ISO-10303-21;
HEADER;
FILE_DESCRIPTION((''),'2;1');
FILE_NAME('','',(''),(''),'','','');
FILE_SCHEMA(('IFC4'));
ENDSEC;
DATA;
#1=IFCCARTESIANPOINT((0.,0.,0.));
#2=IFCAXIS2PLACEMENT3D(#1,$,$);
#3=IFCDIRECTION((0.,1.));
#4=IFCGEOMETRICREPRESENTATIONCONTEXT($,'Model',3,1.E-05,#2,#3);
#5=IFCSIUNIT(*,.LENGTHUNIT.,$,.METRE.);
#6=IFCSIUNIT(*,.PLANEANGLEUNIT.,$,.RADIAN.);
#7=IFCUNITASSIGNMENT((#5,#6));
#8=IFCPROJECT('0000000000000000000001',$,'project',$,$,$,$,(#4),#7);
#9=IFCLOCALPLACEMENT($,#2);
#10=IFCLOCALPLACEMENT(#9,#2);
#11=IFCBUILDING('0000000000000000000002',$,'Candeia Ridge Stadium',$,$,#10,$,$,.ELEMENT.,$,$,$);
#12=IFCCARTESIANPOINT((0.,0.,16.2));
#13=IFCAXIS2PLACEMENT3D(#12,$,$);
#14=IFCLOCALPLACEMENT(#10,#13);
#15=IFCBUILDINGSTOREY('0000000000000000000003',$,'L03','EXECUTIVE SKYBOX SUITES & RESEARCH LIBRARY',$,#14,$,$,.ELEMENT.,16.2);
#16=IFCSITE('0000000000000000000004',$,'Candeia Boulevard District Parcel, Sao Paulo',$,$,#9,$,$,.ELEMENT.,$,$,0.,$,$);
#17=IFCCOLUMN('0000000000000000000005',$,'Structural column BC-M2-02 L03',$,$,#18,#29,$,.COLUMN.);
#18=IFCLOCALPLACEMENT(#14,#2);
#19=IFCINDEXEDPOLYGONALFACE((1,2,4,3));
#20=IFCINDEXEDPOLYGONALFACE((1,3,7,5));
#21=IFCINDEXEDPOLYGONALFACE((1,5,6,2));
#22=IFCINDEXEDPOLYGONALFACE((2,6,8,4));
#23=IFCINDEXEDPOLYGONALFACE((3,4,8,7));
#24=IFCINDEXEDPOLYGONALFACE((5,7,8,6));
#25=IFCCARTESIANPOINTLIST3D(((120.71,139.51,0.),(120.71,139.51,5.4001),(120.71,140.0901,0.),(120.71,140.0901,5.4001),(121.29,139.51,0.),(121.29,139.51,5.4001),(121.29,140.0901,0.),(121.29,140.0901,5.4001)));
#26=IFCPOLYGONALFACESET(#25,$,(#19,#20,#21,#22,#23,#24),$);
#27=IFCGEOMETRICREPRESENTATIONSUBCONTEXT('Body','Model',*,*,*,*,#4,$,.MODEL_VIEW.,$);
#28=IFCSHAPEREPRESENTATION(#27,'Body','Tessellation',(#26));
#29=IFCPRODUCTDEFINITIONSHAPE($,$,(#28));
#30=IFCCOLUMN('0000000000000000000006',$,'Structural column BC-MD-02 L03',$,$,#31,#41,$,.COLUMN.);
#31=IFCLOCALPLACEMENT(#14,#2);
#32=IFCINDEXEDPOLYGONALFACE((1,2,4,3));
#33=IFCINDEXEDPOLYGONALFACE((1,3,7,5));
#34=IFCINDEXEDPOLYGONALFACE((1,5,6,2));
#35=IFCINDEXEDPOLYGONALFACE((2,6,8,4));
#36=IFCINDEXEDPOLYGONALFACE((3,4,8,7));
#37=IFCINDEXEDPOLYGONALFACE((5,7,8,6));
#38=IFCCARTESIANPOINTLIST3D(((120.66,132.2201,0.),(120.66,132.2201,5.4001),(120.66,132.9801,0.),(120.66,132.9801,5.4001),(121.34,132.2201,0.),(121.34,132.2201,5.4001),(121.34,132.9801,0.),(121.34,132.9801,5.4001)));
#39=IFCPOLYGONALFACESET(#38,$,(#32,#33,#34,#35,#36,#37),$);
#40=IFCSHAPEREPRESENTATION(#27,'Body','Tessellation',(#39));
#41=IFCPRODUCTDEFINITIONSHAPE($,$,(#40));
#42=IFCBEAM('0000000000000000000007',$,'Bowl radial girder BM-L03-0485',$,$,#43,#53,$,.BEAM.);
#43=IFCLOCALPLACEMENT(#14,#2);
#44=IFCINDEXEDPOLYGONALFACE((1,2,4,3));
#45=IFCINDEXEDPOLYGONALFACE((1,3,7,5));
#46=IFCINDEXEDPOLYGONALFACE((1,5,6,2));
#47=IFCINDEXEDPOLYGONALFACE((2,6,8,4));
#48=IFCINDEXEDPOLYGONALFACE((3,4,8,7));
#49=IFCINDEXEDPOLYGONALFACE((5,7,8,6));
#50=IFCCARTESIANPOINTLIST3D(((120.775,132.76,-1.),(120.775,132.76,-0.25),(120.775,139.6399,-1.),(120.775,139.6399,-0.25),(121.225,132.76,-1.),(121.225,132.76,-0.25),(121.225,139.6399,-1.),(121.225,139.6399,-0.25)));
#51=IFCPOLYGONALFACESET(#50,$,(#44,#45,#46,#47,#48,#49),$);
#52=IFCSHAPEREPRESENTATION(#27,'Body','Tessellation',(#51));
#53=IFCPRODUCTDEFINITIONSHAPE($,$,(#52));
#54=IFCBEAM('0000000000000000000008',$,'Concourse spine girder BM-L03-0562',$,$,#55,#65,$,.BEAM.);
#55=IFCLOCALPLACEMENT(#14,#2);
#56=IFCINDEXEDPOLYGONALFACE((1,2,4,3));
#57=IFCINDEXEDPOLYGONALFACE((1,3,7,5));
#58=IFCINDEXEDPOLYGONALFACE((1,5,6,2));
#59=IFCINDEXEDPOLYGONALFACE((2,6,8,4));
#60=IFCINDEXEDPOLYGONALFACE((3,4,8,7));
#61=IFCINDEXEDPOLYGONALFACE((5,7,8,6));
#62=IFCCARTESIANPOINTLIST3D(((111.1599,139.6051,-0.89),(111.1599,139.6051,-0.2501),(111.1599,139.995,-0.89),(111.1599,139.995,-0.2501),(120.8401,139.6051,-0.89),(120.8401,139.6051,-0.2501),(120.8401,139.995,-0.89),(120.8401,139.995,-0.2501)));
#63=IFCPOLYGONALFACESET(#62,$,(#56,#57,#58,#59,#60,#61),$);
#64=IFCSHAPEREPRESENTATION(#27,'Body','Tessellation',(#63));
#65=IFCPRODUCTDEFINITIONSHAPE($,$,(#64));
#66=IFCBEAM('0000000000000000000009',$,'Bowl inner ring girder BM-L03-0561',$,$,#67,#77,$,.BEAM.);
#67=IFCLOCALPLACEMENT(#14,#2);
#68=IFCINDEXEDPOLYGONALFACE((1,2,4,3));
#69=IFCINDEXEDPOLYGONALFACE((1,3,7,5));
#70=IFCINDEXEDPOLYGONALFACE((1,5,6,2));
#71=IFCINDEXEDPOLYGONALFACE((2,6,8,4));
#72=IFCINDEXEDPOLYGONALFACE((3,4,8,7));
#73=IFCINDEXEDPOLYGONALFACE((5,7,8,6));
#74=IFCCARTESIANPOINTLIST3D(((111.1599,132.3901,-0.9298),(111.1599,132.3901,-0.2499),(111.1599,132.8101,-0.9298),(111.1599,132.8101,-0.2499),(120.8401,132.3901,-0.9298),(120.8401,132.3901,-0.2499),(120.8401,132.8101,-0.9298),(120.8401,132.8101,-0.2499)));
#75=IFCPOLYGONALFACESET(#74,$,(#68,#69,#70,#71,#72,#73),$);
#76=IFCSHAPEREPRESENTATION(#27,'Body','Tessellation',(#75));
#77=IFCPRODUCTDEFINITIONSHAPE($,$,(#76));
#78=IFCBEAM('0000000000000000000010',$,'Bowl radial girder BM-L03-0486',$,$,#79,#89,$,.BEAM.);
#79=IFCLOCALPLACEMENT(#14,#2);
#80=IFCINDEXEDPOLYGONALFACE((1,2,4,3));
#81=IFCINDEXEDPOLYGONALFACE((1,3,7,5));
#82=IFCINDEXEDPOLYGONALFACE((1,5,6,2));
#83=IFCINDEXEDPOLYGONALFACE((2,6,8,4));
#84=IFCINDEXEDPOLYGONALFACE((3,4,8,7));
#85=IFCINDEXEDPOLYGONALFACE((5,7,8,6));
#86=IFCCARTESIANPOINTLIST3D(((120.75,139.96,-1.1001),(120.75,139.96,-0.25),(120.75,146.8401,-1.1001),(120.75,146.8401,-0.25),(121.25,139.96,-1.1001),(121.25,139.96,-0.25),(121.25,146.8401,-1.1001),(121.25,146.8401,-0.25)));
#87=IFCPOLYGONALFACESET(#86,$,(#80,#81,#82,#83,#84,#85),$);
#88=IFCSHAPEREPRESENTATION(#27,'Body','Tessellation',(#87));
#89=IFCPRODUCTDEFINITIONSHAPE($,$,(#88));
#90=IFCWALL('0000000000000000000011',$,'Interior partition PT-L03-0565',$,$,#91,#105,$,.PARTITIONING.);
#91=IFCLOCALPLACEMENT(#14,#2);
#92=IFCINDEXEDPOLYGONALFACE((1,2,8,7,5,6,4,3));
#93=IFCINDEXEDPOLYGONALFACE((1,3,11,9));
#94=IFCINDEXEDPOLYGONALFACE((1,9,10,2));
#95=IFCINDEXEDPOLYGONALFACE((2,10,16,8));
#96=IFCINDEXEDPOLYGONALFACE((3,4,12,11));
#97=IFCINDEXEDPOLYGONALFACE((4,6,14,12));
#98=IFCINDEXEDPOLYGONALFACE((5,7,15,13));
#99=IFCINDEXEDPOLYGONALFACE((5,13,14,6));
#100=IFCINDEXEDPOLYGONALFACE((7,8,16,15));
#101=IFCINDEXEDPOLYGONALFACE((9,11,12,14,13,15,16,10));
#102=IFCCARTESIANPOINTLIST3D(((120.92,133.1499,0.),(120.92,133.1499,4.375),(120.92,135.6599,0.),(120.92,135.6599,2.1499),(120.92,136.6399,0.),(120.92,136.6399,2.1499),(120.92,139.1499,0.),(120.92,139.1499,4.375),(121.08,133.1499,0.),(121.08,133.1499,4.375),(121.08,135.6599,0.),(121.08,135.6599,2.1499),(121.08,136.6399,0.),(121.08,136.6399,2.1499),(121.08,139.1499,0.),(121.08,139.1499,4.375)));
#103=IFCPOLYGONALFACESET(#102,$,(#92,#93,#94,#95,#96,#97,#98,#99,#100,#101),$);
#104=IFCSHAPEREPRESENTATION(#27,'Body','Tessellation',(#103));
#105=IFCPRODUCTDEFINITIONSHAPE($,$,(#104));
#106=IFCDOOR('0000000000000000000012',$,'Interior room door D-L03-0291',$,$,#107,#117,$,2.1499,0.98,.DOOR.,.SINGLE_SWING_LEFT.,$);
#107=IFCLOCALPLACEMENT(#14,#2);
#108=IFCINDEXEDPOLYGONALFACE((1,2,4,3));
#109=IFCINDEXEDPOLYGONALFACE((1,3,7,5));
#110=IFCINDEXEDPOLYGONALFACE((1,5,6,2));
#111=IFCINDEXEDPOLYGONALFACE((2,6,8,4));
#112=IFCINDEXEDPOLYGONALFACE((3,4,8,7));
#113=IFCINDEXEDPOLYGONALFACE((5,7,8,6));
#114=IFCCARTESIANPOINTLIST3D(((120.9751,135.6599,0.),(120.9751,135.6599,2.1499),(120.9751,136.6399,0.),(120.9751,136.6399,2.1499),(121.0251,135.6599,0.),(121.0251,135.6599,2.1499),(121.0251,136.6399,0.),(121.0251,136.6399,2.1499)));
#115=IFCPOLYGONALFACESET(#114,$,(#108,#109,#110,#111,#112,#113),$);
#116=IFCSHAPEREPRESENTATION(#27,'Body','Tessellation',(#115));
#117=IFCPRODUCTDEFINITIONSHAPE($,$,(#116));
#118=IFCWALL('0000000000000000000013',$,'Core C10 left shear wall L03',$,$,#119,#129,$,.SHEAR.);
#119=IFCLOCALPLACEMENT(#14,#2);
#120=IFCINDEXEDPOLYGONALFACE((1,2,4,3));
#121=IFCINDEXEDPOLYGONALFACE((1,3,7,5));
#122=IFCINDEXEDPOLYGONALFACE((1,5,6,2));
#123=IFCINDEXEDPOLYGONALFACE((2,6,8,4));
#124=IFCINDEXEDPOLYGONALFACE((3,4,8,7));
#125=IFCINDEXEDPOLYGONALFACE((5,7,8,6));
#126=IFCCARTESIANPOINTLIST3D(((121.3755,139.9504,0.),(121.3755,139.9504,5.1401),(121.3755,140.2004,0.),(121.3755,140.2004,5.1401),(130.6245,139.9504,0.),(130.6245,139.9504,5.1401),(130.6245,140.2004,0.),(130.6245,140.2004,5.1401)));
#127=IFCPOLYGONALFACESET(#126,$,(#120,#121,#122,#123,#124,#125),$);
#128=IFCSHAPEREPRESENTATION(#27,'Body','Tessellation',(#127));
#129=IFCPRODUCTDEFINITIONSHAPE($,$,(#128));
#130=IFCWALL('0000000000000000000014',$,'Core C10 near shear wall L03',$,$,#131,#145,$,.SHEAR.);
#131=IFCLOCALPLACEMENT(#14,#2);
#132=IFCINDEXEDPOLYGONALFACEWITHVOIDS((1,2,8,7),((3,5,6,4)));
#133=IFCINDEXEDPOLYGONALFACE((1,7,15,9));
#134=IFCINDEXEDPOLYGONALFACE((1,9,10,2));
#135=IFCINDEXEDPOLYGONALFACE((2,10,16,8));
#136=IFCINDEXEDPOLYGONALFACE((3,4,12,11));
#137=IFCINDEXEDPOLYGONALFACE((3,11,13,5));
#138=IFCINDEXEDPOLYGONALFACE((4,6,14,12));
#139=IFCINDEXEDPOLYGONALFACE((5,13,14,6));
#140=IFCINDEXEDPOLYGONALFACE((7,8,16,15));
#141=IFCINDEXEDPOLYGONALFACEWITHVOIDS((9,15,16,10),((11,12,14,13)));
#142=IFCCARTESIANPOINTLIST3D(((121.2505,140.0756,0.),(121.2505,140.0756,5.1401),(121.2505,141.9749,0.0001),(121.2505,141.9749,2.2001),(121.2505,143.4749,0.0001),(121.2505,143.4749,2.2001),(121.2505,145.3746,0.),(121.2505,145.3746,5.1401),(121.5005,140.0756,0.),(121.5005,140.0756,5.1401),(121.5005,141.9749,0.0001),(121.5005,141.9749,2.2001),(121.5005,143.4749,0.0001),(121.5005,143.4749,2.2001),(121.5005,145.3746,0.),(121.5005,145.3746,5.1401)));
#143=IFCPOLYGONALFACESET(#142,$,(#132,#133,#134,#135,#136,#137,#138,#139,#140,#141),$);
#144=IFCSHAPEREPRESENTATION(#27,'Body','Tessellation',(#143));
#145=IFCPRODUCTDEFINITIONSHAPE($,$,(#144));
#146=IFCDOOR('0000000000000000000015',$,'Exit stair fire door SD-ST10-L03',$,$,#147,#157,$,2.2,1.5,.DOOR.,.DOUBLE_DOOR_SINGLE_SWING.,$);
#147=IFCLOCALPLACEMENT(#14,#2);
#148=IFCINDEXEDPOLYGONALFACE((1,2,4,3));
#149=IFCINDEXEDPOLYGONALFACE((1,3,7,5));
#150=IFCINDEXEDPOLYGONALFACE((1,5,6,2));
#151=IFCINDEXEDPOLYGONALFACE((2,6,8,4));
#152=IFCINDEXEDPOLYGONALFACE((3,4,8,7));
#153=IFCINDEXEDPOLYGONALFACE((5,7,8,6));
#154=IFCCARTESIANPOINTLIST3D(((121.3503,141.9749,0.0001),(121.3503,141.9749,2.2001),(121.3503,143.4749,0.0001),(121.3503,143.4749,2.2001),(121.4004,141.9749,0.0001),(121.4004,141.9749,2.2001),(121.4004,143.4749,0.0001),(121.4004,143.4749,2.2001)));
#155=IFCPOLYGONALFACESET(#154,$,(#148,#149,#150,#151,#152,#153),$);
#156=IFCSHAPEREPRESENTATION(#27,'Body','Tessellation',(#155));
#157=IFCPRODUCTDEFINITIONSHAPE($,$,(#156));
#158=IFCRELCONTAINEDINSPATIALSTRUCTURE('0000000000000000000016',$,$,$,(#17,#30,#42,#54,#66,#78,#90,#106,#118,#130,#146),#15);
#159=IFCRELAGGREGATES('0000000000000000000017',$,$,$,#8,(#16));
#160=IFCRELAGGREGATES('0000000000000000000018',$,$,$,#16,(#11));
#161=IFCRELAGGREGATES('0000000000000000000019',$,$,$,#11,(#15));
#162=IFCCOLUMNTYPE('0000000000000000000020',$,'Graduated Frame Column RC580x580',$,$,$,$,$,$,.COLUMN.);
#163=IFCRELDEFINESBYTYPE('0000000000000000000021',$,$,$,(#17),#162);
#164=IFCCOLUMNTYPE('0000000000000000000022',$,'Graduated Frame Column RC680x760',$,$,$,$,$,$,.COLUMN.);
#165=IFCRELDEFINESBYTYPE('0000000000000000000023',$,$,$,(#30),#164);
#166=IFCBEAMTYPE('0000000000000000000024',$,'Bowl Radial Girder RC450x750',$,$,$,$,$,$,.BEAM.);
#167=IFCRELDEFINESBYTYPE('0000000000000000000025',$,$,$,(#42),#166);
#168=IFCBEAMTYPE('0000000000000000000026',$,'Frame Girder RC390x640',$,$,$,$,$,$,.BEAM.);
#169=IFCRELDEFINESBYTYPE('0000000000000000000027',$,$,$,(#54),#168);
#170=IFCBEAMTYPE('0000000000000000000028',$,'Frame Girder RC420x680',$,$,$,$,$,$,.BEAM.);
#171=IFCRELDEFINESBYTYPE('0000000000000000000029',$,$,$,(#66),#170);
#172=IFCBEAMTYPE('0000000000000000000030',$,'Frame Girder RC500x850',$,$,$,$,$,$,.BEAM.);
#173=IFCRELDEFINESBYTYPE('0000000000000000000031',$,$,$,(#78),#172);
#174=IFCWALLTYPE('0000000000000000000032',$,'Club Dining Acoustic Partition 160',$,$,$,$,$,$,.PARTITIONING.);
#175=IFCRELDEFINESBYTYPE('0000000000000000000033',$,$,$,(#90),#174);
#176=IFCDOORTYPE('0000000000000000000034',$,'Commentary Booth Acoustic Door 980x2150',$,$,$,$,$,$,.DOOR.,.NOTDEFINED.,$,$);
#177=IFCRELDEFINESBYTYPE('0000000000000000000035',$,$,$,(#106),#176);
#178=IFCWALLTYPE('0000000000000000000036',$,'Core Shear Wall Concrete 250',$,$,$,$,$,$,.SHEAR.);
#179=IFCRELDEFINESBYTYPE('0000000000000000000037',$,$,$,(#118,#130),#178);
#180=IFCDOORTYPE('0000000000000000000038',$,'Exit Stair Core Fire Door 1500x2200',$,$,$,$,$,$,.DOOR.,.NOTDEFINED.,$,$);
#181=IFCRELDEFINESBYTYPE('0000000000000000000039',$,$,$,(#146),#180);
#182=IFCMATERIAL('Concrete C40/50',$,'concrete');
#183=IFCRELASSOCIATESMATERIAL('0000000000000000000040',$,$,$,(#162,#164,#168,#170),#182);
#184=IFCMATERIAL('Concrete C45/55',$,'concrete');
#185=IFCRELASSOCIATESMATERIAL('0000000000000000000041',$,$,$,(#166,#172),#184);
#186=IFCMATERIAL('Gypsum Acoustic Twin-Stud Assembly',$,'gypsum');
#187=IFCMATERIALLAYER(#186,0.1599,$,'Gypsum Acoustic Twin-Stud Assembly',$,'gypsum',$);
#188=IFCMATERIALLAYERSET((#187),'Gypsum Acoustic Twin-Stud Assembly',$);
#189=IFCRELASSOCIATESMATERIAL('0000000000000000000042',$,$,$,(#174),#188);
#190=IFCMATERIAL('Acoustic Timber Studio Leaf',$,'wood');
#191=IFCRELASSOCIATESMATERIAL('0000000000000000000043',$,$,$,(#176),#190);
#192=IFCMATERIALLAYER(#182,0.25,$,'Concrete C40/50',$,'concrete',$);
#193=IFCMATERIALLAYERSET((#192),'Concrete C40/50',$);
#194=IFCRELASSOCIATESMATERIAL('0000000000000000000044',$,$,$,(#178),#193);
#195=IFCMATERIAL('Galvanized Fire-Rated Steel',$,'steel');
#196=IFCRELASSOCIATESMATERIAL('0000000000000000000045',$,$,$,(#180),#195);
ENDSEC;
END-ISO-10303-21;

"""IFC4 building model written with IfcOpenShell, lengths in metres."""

from ifc_helpers import new_model, si_unit, direction, frame, frame_2d, origin, origin_2d, place, context, subcontext, project, spatial, rectangle, extrude, material, layer, layer_set, material_profile, profile_set, type_object, element, fill, save


model = new_model("IFC4")

# Units and contexts
model_context = context("Model", 3, precision=1e-05, world=origin(), true_north=direction((0.0, 1.0)))
body_context = subcontext(model_context, "Body", "Model", "MODEL_VIEW")
ifc_project = project(units=[si_unit("LENGTHUNIT", "METRE"), si_unit("PLANEANGLEUNIT", "RADIAN")], contexts=[model_context])

# Site, building, storey
site_placement = place(None, origin())
site = spatial("IfcSite", under=ifc_project, at=site_placement, Name="Candeia Boulevard District Parcel, Sao Paulo", CompositionType="ELEMENT", RefElevation=0.0)
building_placement = place(site_placement, origin())
building = spatial("IfcBuilding", under=site, at=building_placement, Name="Candeia Ridge Stadium", CompositionType="ELEMENT")
storey_placement = place(building_placement, frame((0.0, 0.0, 16.2)))
storey = spatial("IfcBuildingStorey", under=building, at=storey_placement, Name="L03", Description="EXECUTIVE SKYBOX SUITES & RESEARCH LIBRARY", CompositionType="ELEMENT", Elevation=16.2)

# Columns
ifc_material_1 = material(Name="Concrete C40/50", Category="concrete")
ifc_material_profile_1 = material_profile(ifc_material_1, rectangle(XDim=0.5801, YDim=0.5801, at=origin_2d()), Name="RC580x580", Category="concrete")
ifc_profile_set_1 = profile_set([ifc_material_profile_1], Name="Concrete C40/50")
column_type_1 = type_object("IfcColumnType", Name="Graduated Frame Column RC580x580", PredefinedType="COLUMN", material=ifc_profile_set_1)
column_1_placement = place(storey_placement, frame((121.0, 139.8, 0.0), z_axis=(0.0, 0.0, 1.0), x_axis=(1.0, 0.0, 0.0)))
element("IfcColumn", 1, at=column_1_placement, inside=storey, type_object=column_type_1, Name="Structural column BC-M2-02 L03", PredefinedType="COLUMN", context=body_context, shape_type="SweptSolid", body=[
    extrude(rectangle(XDim=0.5801, YDim=0.5801, at=origin_2d()), origin(), (0.0, 0.0, 1.0), 5.4001),
])
ifc_material_profile_2 = material_profile(ifc_material_1, rectangle(XDim=0.6799, YDim=0.76, at=origin_2d()), Name="RC680x760", Category="concrete")
ifc_profile_set_2 = profile_set([ifc_material_profile_2], Name="Concrete C40/50")
column_type_2 = type_object("IfcColumnType", Name="Graduated Frame Column RC680x760", PredefinedType="COLUMN", material=ifc_profile_set_2)
column_2_placement = place(storey_placement, frame((121.0, 132.6001, 0.0), z_axis=(0.0, 0.0, 1.0), x_axis=(1.0, 0.0, 0.0)))
element("IfcColumn", 2, at=column_2_placement, inside=storey, type_object=column_type_2, Name="Structural column BC-MD-02 L03", PredefinedType="COLUMN", context=body_context, shape_type="SweptSolid", body=[
    extrude(rectangle(XDim=0.6799, YDim=0.76, at=origin_2d()), origin(), (0.0, 0.0, 1.0), 5.4001),
])

# Beams
ifc_material_2 = material(Name="Concrete C45/55", Category="concrete")
ifc_material_profile_3 = material_profile(ifc_material_2, rectangle(XDim=0.45, YDim=0.75, at=origin_2d()), Name="RC450x750", Category="concrete")
ifc_profile_set_3 = profile_set([ifc_material_profile_3], Name="Concrete C45/55")
beam_type_1 = type_object("IfcBeamType", Name="Bowl Radial Girder RC450x750", PredefinedType="BEAM", material=ifc_profile_set_3)
beam_1_placement = place(storey_placement, frame((121.0, 132.76, -0.625), z_axis=(0.0, 1.0, 0.0), x_axis=(-1.0, 0.0, 0.0)))
element("IfcBeam", 3, at=beam_1_placement, inside=storey, type_object=beam_type_1, Name="Bowl radial girder BM-L03-0485", PredefinedType="BEAM", context=body_context, shape_type="SweptSolid", body=[
    extrude(rectangle(XDim=0.45, YDim=0.75, at=origin_2d()), origin(), (0.0, 0.0, 1.0), 6.8799),
])
ifc_material_profile_4 = material_profile(ifc_material_1, rectangle(XDim=0.3899, YDim=0.6399, at=origin_2d()), Name="RC390x640", Category="concrete")
ifc_profile_set_4 = profile_set([ifc_material_profile_4], Name="Concrete C40/50")
beam_type_2 = type_object("IfcBeamType", Name="Frame Girder RC390x640", PredefinedType="BEAM", material=ifc_profile_set_4)
beam_2_placement = place(storey_placement, frame((120.8401, 139.8, -0.5701), z_axis=(-1.0, 0.0, 0.0), x_axis=(0.0, -1.0, 0.0)))
element("IfcBeam", 4, at=beam_2_placement, inside=storey, type_object=beam_type_2, Name="Concourse spine girder BM-L03-0562", PredefinedType="BEAM", context=body_context, shape_type="SweptSolid", body=[
    extrude(rectangle(XDim=0.3899, YDim=0.6399, at=origin_2d()), origin(), (0.0, 0.0, 1.0), 9.6802),
])
ifc_material_profile_5 = material_profile(ifc_material_1, rectangle(XDim=0.4199, YDim=0.6799, at=origin_2d()), Name="RC420x680", Category="concrete")
ifc_profile_set_5 = profile_set([ifc_material_profile_5], Name="Concrete C40/50")
beam_type_3 = type_object("IfcBeamType", Name="Frame Girder RC420x680", PredefinedType="BEAM", material=ifc_profile_set_5)
beam_3_placement = place(storey_placement, frame((120.8401, 132.6001, -0.5898), z_axis=(-1.0, 0.0, 0.0), x_axis=(0.0, -1.0, 0.0)))
element("IfcBeam", 5, at=beam_3_placement, inside=storey, type_object=beam_type_3, Name="Bowl inner ring girder BM-L03-0561", PredefinedType="BEAM", context=body_context, shape_type="SweptSolid", body=[
    extrude(rectangle(XDim=0.4199, YDim=0.6799, at=origin_2d()), origin(), (0.0, 0.0, 1.0), 9.6802),
])
ifc_material_profile_6 = material_profile(ifc_material_2, rectangle(XDim=0.5, YDim=0.8501, at=origin_2d()), Name="RC500x850", Category="concrete")
ifc_profile_set_6 = profile_set([ifc_material_profile_6], Name="Concrete C45/55")
beam_type_4 = type_object("IfcBeamType", Name="Frame Girder RC500x850", PredefinedType="BEAM", material=ifc_profile_set_6)
beam_4_placement = place(storey_placement, frame((121.0, 139.96, -0.675), z_axis=(0.0, 1.0, 0.0), x_axis=(-1.0, 0.0, 0.0)))
element("IfcBeam", 6, at=beam_4_placement, inside=storey, type_object=beam_type_4, Name="Bowl radial girder BM-L03-0486", PredefinedType="BEAM", context=body_context, shape_type="SweptSolid", body=[
    extrude(rectangle(XDim=0.5, YDim=0.8501, at=origin_2d()), origin(), (0.0, 0.0, 1.0), 6.8801),
])

# Wall, opening, door
ifc_material_3 = material(Name="Gypsum Acoustic Twin-Stud Assembly", Category="gypsum")
ifc_layer_1 = layer(ifc_material_3, 0.1599, Name="Gypsum Acoustic Twin-Stud Assembly", Category="gypsum")
ifc_layer_set_1 = layer_set([ifc_layer_1], Name="Gypsum Acoustic Twin-Stud Assembly")
wall_type_1 = type_object("IfcWallType", Name="Club Dining Acoustic Partition 160", PredefinedType="PARTITIONING", material=ifc_layer_set_1)
wall_1_placement = place(storey_placement, frame((121.0, 133.1499, 0.0), z_axis=(0.0, 0.0, 1.0), x_axis=(0.0, 1.0, 0.0)))
wall_1 = element("IfcWall", 7, at=wall_1_placement, inside=storey, type_object=wall_type_1, Name="Interior partition PT-L03-0565", PredefinedType="PARTITIONING", context=body_context, shape_type="SweptSolid", body=[
    extrude(rectangle(XDim=6.0, YDim=0.1599, at=frame_2d((3.0, 0.0))), origin(), (0.0, 0.0, 1.0), 4.375),
])
opening_1_placement = place(wall_1_placement, frame((2.51, 0.0, 0.0)))
opening_1 = element("IfcOpeningElement", 8, at=opening_1_placement, cuts=wall_1, PredefinedType="OPENING", context=body_context, shape_type="SweptSolid", body=[
    extrude(rectangle(XDim=0.98, YDim=2.1499, at=frame_2d((0.49, 1.075))), frame((0.0, 0.0898, 0.0), z_axis=(0.0, -1.0, 0.0), x_axis=(1.0, 0.0, 0.0)), (0.0, 0.0, 1.0), 0.1799),
])
ifc_material_4 = material(Name="Acoustic Timber Studio Leaf", Category="wood")
door_type_1 = type_object("IfcDoorType", Name="Commentary Booth Acoustic Door 980x2150", OperationType="NOTDEFINED", PredefinedType="DOOR", material=ifc_material_4)
door_1_placement = place(opening_1_placement, origin())
door_1 = element("IfcDoor", 9, at=door_1_placement, inside=storey, type_object=door_type_1, Name="Interior room door D-L03-0291", OperationType="SINGLE_SWING_LEFT", OverallHeight=2.1499, OverallWidth=0.98, PredefinedType="DOOR", context=body_context, shape_type="SweptSolid", body=[
    extrude(rectangle(XDim=0.98, YDim=2.1499, at=frame_2d((0.49, 1.075))), frame((0.0, 0.0249, 0.0), z_axis=(0.0, -1.0, 0.0), x_axis=(1.0, 0.0, 0.0)), (0.0, 0.0, 1.0), 0.05),
])
fill(opening_1, door_1)

# Wall
ifc_layer_2 = layer(ifc_material_1, 0.25, Name="Concrete C40/50", Category="concrete")
ifc_layer_set_2 = layer_set([ifc_layer_2], Name="Concrete C40/50")
wall_type_2 = type_object("IfcWallType", Name="Core Shear Wall Concrete 250", PredefinedType="SHEAR", material=ifc_layer_set_2)
wall_2_placement = place(storey_placement, frame((121.3755, 140.0754, 0.0), z_axis=(0.0, 0.0, 1.0), x_axis=(1.0, 0.0, 0.0)))
element("IfcWall", 10, at=wall_2_placement, inside=storey, type_object=wall_type_2, Name="Core C10 left shear wall L03", PredefinedType="SHEAR", context=body_context, shape_type="SweptSolid", body=[
    extrude(rectangle(XDim=9.249, YDim=0.25, at=frame_2d((4.6245, 0.0))), origin(), (0.0, 0.0, 1.0), 5.1401),
])

# Wall, opening, door
wall_3_placement = place(storey_placement, frame((121.3755, 145.3745, 0.0), z_axis=(0.0, 0.0, 1.0), x_axis=(0.0, -1.0, 0.0)))
wall_3 = element("IfcWall", 11, at=wall_3_placement, inside=storey, type_object=wall_type_2, Name="Core C10 near shear wall L03", PredefinedType="SHEAR", context=body_context, shape_type="SweptSolid", body=[
    extrude(rectangle(XDim=5.2991, YDim=0.25, at=frame_2d((2.6494, 0.0))), origin(), (0.0, 0.0, 1.0), 5.1401),
])
opening_2_placement = place(wall_3_placement, frame((1.8997, 0.0, 0.0)))
opening_2 = element("IfcOpeningElement", 12, at=opening_2_placement, cuts=wall_3, PredefinedType="OPENING", context=body_context, shape_type="SweptSolid", body=[
    extrude(rectangle(XDim=1.5, YDim=2.2, at=frame_2d((0.75, 1.1001))), frame((0.0, 0.135, 0.0), z_axis=(0.0, -1.0, 0.0), x_axis=(1.0, 0.0, 0.0)), (0.0, 0.0, 1.0), 0.27),
])
ifc_material_5 = material(Name="Galvanized Fire-Rated Steel", Category="steel")
door_type_2 = type_object("IfcDoorType", Name="Exit Stair Core Fire Door 1500x2200", OperationType="NOTDEFINED", PredefinedType="DOOR", material=ifc_material_5)
door_2_placement = place(opening_2_placement, origin())
door_2 = element("IfcDoor", 13, at=door_2_placement, inside=storey, type_object=door_type_2, Name="Exit stair fire door SD-ST10-L03", OperationType="DOUBLE_DOOR_SINGLE_SWING", OverallHeight=2.2, OverallWidth=1.5, PredefinedType="DOOR", context=body_context, shape_type="SweptSolid", body=[
    extrude(rectangle(XDim=1.5, YDim=2.2, at=frame_2d((0.75, 1.1001))), frame((0.0, 0.0249, 0.0), z_axis=(0.0, -1.0, 0.0), x_axis=(1.0, 0.0, 0.0)), (0.0, 0.0, 1.0), 0.05),
])
fill(opening_2, door_2)

save(model, "model.ifc")
